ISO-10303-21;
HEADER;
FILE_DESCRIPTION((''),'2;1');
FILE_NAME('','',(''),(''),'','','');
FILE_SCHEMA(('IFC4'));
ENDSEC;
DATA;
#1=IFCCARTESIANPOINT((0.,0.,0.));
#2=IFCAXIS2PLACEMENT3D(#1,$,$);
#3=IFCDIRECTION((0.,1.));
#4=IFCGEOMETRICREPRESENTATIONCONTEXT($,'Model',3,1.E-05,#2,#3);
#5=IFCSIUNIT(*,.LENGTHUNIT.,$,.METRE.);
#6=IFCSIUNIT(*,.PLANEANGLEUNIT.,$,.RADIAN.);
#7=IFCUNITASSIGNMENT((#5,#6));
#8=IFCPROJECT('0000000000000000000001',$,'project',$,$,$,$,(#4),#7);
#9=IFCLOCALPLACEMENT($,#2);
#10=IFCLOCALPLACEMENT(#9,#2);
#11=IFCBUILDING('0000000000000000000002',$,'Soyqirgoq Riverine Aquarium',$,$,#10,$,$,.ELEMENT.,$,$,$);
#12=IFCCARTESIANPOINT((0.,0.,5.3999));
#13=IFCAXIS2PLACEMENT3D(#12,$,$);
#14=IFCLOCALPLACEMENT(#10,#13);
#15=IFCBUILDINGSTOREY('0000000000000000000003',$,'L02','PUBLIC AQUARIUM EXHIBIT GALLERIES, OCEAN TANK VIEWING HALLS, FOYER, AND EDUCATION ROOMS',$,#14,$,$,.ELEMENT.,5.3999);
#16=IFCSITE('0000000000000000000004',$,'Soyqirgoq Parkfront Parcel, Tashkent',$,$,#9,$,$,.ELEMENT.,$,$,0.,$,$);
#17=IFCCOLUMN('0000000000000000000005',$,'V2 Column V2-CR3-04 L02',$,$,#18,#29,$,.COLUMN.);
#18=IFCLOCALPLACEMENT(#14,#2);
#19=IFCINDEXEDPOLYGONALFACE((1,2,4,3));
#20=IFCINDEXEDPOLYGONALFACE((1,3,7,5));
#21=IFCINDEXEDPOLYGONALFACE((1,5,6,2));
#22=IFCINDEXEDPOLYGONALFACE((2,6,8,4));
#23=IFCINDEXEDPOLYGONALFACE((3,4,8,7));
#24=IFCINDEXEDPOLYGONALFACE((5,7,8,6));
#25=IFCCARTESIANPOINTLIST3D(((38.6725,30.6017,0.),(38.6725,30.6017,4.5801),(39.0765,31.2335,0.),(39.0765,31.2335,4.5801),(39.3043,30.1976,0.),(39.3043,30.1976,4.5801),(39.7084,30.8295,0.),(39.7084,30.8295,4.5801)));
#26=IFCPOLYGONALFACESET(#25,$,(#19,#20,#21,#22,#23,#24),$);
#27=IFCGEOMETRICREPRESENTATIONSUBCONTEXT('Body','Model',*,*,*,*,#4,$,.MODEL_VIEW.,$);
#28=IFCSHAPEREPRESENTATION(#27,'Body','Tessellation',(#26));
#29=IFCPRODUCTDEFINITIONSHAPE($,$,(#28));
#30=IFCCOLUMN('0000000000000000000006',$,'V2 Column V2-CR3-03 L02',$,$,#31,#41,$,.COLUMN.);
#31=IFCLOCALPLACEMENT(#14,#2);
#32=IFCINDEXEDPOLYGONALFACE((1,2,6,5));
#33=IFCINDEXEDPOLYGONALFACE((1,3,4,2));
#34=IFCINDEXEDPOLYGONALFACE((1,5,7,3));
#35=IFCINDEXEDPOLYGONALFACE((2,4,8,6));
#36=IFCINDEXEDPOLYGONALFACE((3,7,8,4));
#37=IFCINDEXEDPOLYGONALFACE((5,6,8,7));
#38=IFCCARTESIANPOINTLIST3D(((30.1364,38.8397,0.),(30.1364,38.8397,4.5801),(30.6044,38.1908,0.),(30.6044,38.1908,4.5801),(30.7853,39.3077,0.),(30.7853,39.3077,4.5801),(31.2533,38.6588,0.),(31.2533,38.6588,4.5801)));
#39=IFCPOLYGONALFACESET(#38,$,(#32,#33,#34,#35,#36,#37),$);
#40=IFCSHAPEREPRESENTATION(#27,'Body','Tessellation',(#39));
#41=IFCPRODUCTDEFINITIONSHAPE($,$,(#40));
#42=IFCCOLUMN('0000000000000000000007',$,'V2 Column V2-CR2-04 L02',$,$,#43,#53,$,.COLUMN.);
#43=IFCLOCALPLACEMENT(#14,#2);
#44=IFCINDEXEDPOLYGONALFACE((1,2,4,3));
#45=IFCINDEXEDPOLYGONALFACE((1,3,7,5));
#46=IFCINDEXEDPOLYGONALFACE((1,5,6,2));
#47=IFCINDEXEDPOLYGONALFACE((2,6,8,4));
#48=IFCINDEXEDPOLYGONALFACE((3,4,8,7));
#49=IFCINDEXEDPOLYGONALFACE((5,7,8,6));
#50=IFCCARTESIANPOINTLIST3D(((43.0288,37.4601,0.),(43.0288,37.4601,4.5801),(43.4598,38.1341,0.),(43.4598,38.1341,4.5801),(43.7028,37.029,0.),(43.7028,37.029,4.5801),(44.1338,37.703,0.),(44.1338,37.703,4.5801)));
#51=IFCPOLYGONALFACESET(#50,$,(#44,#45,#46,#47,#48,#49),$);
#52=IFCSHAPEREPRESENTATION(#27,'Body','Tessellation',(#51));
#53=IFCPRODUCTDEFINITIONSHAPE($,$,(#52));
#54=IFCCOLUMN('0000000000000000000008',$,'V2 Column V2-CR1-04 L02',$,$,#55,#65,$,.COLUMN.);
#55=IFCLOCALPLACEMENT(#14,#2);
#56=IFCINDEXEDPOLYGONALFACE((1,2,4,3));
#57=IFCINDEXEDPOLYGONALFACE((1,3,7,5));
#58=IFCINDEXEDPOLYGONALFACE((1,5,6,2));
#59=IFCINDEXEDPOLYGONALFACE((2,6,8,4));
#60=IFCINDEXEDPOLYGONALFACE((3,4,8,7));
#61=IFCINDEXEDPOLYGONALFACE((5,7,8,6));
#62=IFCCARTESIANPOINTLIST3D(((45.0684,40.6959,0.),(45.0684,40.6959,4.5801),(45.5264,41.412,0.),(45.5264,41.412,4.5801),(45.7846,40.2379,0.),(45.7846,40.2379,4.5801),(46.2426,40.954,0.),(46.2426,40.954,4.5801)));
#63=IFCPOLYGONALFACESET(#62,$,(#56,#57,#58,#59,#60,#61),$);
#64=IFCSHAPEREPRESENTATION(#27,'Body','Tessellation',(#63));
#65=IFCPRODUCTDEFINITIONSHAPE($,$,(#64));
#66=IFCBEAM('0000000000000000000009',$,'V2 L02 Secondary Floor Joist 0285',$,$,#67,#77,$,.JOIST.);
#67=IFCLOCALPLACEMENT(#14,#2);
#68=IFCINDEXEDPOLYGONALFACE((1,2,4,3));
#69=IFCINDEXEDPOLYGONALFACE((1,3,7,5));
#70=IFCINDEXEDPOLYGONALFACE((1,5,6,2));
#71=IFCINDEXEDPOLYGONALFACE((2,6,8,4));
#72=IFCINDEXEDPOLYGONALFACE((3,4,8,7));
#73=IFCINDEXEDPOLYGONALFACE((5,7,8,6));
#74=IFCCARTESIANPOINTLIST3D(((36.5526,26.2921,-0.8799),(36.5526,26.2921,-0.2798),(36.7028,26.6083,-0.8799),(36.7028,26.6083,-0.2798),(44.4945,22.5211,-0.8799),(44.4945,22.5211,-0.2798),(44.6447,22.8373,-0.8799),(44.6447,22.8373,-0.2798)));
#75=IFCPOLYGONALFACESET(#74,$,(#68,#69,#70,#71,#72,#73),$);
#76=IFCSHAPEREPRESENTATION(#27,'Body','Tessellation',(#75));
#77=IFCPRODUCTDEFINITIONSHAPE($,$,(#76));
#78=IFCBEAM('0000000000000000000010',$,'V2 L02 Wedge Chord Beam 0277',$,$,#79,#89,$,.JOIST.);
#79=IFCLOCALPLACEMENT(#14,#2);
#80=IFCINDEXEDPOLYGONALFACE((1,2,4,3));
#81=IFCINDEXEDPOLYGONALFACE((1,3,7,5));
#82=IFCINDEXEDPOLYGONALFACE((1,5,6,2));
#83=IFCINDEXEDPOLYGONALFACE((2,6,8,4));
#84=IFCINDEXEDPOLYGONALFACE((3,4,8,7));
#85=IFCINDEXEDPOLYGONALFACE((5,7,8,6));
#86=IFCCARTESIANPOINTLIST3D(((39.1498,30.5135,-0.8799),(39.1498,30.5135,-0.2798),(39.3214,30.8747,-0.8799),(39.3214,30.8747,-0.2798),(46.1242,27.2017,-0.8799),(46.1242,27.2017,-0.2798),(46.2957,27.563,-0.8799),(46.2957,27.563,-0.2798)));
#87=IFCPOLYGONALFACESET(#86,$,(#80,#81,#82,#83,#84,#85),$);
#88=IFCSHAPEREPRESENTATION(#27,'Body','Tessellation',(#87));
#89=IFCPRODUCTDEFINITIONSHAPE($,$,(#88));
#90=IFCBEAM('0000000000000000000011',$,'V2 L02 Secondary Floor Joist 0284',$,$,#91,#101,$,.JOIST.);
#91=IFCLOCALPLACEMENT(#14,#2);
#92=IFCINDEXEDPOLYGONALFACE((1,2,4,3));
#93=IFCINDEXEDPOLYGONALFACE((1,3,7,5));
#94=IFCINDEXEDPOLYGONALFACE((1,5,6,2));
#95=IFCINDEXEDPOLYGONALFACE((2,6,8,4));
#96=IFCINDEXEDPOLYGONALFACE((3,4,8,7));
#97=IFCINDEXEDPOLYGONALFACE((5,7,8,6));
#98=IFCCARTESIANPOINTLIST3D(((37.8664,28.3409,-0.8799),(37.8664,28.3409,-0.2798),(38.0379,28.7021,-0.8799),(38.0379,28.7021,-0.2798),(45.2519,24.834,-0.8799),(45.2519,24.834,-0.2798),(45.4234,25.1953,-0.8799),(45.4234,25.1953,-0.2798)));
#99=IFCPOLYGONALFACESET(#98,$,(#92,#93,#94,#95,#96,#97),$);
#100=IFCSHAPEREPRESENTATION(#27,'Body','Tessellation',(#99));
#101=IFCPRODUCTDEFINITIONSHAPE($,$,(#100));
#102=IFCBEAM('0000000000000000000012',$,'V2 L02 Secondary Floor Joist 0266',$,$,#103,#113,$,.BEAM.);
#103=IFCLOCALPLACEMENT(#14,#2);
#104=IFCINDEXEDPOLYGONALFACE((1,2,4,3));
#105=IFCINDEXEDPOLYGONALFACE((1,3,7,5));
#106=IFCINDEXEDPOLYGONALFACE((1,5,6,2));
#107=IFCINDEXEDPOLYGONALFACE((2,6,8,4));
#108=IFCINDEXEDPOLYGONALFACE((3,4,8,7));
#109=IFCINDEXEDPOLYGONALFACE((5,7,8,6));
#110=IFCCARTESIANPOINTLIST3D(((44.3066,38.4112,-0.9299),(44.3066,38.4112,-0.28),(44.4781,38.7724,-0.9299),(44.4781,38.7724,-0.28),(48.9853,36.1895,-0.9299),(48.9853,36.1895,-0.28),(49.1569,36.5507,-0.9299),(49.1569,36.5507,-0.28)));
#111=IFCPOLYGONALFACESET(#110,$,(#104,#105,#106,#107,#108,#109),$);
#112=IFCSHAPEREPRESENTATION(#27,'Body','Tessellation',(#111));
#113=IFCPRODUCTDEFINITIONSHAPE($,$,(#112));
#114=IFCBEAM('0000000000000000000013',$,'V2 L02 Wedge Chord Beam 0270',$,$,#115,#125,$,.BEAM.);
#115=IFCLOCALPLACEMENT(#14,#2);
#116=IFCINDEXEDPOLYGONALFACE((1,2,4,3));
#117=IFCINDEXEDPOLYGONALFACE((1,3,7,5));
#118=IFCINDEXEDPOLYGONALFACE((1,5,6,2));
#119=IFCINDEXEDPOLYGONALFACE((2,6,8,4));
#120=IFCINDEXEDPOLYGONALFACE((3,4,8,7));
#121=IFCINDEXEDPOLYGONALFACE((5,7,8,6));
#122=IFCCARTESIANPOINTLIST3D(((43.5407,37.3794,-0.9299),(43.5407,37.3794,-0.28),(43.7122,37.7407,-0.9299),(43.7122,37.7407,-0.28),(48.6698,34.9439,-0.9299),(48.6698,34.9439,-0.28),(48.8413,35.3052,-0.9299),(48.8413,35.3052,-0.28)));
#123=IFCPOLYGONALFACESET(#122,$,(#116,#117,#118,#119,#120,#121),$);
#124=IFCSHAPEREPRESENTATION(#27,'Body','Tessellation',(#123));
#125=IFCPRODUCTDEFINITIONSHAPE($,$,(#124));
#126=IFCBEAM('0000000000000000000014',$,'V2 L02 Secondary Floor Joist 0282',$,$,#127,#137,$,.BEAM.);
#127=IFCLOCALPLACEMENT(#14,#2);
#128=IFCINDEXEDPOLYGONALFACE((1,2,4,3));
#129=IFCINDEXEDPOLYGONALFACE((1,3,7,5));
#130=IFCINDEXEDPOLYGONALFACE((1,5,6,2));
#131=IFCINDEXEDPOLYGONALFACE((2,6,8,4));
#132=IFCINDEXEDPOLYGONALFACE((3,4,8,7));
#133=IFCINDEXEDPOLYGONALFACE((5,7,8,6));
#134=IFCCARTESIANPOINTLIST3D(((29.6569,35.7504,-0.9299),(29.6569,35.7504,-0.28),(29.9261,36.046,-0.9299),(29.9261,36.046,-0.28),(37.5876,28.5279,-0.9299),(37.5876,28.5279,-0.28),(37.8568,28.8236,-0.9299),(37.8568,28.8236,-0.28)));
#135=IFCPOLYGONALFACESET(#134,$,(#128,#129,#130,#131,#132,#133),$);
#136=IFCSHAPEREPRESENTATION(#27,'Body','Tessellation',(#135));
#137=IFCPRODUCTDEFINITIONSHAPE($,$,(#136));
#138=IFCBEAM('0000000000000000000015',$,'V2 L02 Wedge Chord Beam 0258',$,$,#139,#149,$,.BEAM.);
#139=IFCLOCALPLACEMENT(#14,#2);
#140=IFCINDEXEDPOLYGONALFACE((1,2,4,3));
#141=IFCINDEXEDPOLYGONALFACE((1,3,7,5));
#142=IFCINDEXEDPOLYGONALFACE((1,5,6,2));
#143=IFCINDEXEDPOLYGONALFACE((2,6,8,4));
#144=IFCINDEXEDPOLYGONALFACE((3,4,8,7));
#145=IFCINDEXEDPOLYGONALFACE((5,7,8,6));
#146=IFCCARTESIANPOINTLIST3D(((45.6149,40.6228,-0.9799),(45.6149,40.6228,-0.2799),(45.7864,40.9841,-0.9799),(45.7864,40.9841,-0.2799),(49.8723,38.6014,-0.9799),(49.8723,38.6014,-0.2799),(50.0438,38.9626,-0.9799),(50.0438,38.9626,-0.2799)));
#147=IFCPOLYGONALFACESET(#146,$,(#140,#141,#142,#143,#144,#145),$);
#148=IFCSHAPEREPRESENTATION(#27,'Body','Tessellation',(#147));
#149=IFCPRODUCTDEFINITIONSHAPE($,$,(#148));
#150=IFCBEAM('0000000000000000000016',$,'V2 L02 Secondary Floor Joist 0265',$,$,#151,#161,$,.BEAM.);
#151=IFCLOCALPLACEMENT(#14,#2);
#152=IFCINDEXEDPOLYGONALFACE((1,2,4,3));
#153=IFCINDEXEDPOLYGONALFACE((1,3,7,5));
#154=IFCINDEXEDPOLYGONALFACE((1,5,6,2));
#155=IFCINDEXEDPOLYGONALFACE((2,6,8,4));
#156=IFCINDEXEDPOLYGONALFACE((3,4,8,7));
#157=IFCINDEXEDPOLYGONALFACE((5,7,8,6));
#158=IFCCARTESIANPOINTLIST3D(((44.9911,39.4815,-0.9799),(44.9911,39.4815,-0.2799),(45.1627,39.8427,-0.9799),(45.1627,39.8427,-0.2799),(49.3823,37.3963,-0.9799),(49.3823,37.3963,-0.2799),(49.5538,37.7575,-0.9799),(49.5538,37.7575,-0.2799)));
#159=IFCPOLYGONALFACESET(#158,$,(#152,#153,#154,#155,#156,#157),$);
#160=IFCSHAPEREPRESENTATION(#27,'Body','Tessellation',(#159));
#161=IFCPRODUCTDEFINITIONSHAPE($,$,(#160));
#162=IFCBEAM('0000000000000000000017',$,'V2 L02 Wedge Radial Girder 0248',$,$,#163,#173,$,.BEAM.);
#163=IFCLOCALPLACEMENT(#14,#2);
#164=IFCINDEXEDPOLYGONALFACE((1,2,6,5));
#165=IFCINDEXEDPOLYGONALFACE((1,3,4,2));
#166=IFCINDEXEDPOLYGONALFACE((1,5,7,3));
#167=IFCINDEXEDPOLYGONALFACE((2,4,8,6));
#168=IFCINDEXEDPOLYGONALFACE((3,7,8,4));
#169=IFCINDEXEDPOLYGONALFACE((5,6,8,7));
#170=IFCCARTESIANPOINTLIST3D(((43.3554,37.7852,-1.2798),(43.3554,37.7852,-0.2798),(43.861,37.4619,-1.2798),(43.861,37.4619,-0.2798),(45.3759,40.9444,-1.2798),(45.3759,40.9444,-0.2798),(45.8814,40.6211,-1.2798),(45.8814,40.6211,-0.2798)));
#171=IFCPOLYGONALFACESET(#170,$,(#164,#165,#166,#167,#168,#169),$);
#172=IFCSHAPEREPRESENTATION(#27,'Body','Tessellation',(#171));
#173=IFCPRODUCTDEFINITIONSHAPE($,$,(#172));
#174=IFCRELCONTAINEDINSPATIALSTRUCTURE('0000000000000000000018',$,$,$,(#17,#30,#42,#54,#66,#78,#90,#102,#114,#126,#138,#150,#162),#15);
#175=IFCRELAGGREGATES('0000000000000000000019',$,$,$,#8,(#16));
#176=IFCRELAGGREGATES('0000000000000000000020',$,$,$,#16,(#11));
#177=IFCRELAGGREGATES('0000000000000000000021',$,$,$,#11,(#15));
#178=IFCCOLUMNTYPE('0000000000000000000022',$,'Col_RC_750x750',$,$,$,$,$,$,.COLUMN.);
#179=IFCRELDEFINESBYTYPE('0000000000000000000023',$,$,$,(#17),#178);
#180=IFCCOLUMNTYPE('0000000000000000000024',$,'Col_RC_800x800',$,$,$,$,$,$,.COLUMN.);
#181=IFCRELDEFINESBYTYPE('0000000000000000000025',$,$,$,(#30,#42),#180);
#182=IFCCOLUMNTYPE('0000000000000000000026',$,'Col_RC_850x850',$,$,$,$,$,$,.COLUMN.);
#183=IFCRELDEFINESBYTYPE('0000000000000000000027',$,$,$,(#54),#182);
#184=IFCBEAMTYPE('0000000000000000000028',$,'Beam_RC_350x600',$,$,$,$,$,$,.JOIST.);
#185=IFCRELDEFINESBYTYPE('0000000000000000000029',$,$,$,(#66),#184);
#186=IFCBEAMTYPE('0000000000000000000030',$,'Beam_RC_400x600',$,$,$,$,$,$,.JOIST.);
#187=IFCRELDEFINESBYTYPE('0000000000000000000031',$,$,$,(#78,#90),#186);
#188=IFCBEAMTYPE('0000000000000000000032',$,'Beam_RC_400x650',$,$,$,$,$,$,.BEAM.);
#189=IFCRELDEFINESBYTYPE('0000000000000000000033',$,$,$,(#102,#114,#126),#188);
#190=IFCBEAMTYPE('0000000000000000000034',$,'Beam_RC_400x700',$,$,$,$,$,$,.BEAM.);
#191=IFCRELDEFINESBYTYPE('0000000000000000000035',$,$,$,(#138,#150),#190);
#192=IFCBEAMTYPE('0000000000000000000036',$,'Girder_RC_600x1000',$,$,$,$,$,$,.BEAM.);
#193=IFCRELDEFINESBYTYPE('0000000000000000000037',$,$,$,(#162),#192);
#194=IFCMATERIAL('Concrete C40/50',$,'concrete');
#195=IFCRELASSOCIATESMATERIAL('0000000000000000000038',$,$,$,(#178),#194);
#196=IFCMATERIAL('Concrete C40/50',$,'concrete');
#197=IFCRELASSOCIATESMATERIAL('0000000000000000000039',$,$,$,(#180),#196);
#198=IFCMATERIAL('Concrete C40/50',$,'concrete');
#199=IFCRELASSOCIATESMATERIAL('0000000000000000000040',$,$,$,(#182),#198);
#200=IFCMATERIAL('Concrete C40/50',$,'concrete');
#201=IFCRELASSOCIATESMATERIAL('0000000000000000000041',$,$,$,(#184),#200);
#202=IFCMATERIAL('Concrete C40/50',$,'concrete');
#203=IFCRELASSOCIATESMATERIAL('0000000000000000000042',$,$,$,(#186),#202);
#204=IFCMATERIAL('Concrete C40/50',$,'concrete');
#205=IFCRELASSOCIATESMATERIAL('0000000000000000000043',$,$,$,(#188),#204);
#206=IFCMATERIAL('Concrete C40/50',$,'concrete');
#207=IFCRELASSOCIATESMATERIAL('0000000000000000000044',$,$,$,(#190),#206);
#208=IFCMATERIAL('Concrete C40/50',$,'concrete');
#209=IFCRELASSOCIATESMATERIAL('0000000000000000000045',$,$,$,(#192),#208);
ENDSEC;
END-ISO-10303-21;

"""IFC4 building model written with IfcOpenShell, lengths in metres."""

from ifc_helpers import new_model, si_unit, direction, frame, origin, origin_2d, place, context, subcontext, project, spatial, rectangle, extrude, material, material_profile, profile_set, type_object, element, save


model = new_model("IFC4")

# Units and contexts
model_context = context("Model", 3, precision=1e-05, world=origin(), true_north=direction((0.0, 1.0)))
body_context = subcontext(model_context, "Body", "Model", "MODEL_VIEW")
ifc_project = project(units=[si_unit("LENGTHUNIT", "METRE"), si_unit("PLANEANGLEUNIT", "RADIAN")], contexts=[model_context])

# Site, building, storey
site_placement = place(None, origin())
site = spatial("IfcSite", under=ifc_project, at=site_placement, Name="Soyqirgoq Parkfront Parcel, Tashkent", CompositionType="ELEMENT", RefElevation=0.0)
building_placement = place(site_placement, origin())
building = spatial("IfcBuilding", under=site, at=building_placement, Name="Soyqirgoq Riverine Aquarium", CompositionType="ELEMENT")
storey_placement = place(building_placement, frame((0.0, 0.0, 5.3999)))
storey = spatial("IfcBuildingStorey", under=building, at=storey_placement, Name="L02", Description="PUBLIC AQUARIUM EXHIBIT GALLERIES, OCEAN TANK VIEWING HALLS, FOYER, AND EDUCATION ROOMS", CompositionType="ELEMENT", Elevation=5.3999)

# Columns
ifc_material_1 = material(Name="Concrete C40/50", Category="concrete")
ifc_material_profile_1 = material_profile(ifc_material_1, rectangle(XDim=0.75, YDim=0.75, at=origin_2d()), Name="RC 750x750")
ifc_profile_set_1 = profile_set([ifc_material_profile_1], Name="Concrete C40/50")
column_type_1 = type_object("IfcColumnType", Name="Col_RC_750x750", PredefinedType="COLUMN", material=ifc_profile_set_1)
column_1_placement = place(storey_placement, frame((39.1904, 30.7156, 0.0), z_axis=(0.0, 0.0, 1.0), x_axis=(-0.538771, -0.842452, 0.0)))
element("IfcColumn", 1, at=column_1_placement, inside=storey, type_object=column_type_1, Name="V2 Column V2-CR3-04 L02", PredefinedType="COLUMN", context=body_context, shape_type="SweptSolid", body=[
    extrude(rectangle(XDim=0.75, YDim=0.75, at=origin_2d()), origin(), (0.0, 0.0, 1.0), 4.5801),
])
ifc_material_2 = material(Name="Concrete C40/50", Category="concrete")
ifc_material_profile_2 = material_profile(ifc_material_2, rectangle(XDim=0.8, YDim=0.8, at=origin_2d()), Name="RC 800x800")
ifc_profile_set_2 = profile_set([ifc_material_profile_2], Name="Concrete C40/50")
column_type_2 = type_object("IfcColumnType", Name="Col_RC_800x800", PredefinedType="COLUMN", material=ifc_profile_set_2)
for number, where, z_axis, x_axis, name in (
    (2, (30.6948, 38.7493, 0.0), (0.0, 0.0, 1.0), (-0.811064, -0.584958, 0.0), "V2 Column V2-CR3-03 L02"),
    (3, (43.5813, 37.5815, 0.0), (0.0, 0.0, 1.0), (-0.538771, -0.842452, 0.0), "V2 Column V2-CR2-04 L02"),
):
    element("IfcColumn", number, at=place(storey_placement, frame(where, z_axis=z_axis, x_axis=x_axis)), inside=storey, type_object=column_type_2, Name=name, PredefinedType="COLUMN", context=body_context, shape_type="SweptSolid", body=[
        extrude(rectangle(XDim=0.8, YDim=0.8, at=origin_2d()), origin(), (0.0, 0.0, 1.0), 4.5801),
    ])
ifc_material_3 = material(Name="Concrete C40/50", Category="concrete")
ifc_material_profile_3 = material_profile(ifc_material_3, rectangle(XDim=0.8501, YDim=0.8501, at=origin_2d()), Name="RC 850x850")
ifc_profile_set_3 = profile_set([ifc_material_profile_3], Name="Concrete C40/50")
column_type_3 = type_object("IfcColumnType", Name="Col_RC_850x850", PredefinedType="COLUMN", material=ifc_profile_set_3)
column_2_placement = place(storey_placement, frame((45.6555, 40.825, 0.0), z_axis=(0.0, 0.0, 1.0), x_axis=(-0.538771, -0.842452, 0.0)))
element("IfcColumn", 4, at=column_2_placement, inside=storey, type_object=column_type_3, Name="V2 Column V2-CR1-04 L02", PredefinedType="COLUMN", context=body_context, shape_type="SweptSolid", body=[
    extrude(rectangle(XDim=0.8501, YDim=0.8501, at=origin_2d()), origin(), (0.0, 0.0, 1.0), 4.5801),
])

# Beams
ifc_material_4 = material(Name="Concrete C40/50", Category="concrete")
ifc_material_profile_4 = material_profile(ifc_material_4, rectangle(XDim=0.3501, YDim=0.6001, at=origin_2d()), Name="RC 350x600")
ifc_profile_set_4 = profile_set([ifc_material_profile_4], Name="Concrete C40/50")
beam_type_1 = type_object("IfcBeamType", Name="Beam_RC_350x600", PredefinedType="JOIST", material=ifc_profile_set_4)
beam_1_placement = place(storey_placement, frame((36.6277, 26.4502, -0.5798), z_axis=(0.903339, -0.428927, 0.0), x_axis=(0.428927, 0.903339, 0.0)))
element("IfcBeam", 5, at=beam_1_placement, inside=storey, type_object=beam_type_1, Name="V2 L02 Secondary Floor Joist 0285", PredefinedType="JOIST", context=body_context, shape_type="SweptSolid", body=[
    extrude(rectangle(XDim=0.3501, YDim=0.6001, at=origin_2d()), origin(), (0.0, 0.0, 1.0), 8.7917),
])
ifc_material_5 = material(Name="Concrete C40/50", Category="concrete")
ifc_material_profile_5 = material_profile(ifc_material_5, rectangle(XDim=0.3999, YDim=0.6001, at=origin_2d()), Name="RC 400x600")
ifc_profile_set_5 = profile_set([ifc_material_profile_5], Name="Concrete C40/50")
beam_type_2 = type_object("IfcBeamType", Name="Beam_RC_400x600", PredefinedType="JOIST", material=ifc_profile_set_5)
beam_2_placement = place(storey_placement, frame((39.2356, 30.6941, -0.5798), z_axis=(0.903331, -0.428945, 0.0), x_axis=(0.428945, 0.903331, 0.0)))
element("IfcBeam", 6, at=beam_2_placement, inside=storey, type_object=beam_type_2, Name="V2 L02 Wedge Chord Beam 0277", PredefinedType="JOIST", context=body_context, shape_type="SweptSolid", body=[
    extrude(rectangle(XDim=0.3999, YDim=0.6001, at=origin_2d()), origin(), (0.0, 0.0, 1.0), 7.7207),
])
beam_3_placement = place(storey_placement, frame((37.9521, 28.5215, -0.5798), z_axis=(0.903338, -0.42893, 0.0), x_axis=(0.42893, 0.903338, 0.0)))
element("IfcBeam", 7, at=beam_3_placement, inside=storey, type_object=beam_type_2, Name="V2 L02 Secondary Floor Joist 0284", PredefinedType="JOIST", context=body_context, shape_type="SweptSolid", body=[
    extrude(rectangle(XDim=0.3999, YDim=0.6001, at=origin_2d()), origin(), (0.0, 0.0, 1.0), 8.1758),
])
ifc_material_6 = material(Name="Concrete C40/50", Category="concrete")
ifc_material_profile_6 = material_profile(ifc_material_6, rectangle(XDim=0.3999, YDim=0.6499, at=origin_2d()), Name="RC 400x650")
ifc_profile_set_6 = profile_set([ifc_material_profile_6], Name="Concrete C40/50")
beam_type_3 = type_object("IfcBeamType", Name="Beam_RC_400x650", PredefinedType="BEAM", material=ifc_profile_set_6)
beam_4_placement = place(storey_placement, frame((44.3923, 38.5918, -0.605), z_axis=(0.90333, -0.428945, 0.0), x_axis=(0.428945, 0.90333, 0.0)))
element("IfcBeam", 8, at=beam_4_placement, inside=storey, type_object=beam_type_3, Name="V2 L02 Secondary Floor Joist 0266", PredefinedType="BEAM", context=body_context, shape_type="SweptSolid", body=[
    extrude(rectangle(XDim=0.3999, YDim=0.6499, at=origin_2d()), origin(), (0.0, 0.0, 1.0), 5.1794),
])
beam_5_placement = place(storey_placement, frame((43.6265, 37.5601, -0.605), z_axis=(0.903332, -0.428942, 0.0), x_axis=(0.428942, 0.903332, 0.0)))
element("IfcBeam", 9, at=beam_5_placement, inside=storey, type_object=beam_type_3, Name="V2 L02 Wedge Chord Beam 0270", PredefinedType="BEAM", context=body_context, shape_type="SweptSolid", body=[
    extrude(rectangle(XDim=0.3999, YDim=0.6499, at=origin_2d()), origin(), (0.0, 0.0, 1.0), 5.678),
])
beam_6_placement = place(storey_placement, frame((29.7915, 35.8982, -0.605), z_axis=(0.73935, -0.673322, 0.0), x_axis=(0.673322, 0.73935, 0.0)))
element("IfcBeam", 10, at=beam_6_placement, inside=storey, type_object=beam_type_3, Name="V2 L02 Secondary Floor Joist 0282", PredefinedType="BEAM", context=body_context, shape_type="SweptSolid", body=[
    extrude(rectangle(XDim=0.3999, YDim=0.6499, at=origin_2d()), origin(), (0.0, 0.0, 1.0), 10.7266),
])
ifc_material_7 = material(Name="Concrete C40/50", Category="concrete")
ifc_material_profile_7 = material_profile(ifc_material_7, rectangle(XDim=0.3999, YDim=0.7, at=origin_2d()), Name="RC 400x700")
ifc_profile_set_7 = profile_set([ifc_material_profile_7], Name="Concrete C40/50")
beam_type_4 = type_object("IfcBeamType", Name="Beam_RC_400x700", PredefinedType="BEAM", material=ifc_profile_set_7)
beam_7_placement = place(storey_placement, frame((45.7007, 40.8035, -0.6299), z_axis=(0.903339, -0.428928, 0.0), x_axis=(0.428928, 0.903339, 0.0)))
element("IfcBeam", 11, at=beam_7_placement, inside=storey, type_object=beam_type_4, Name="V2 L02 Wedge Chord Beam 0258", PredefinedType="BEAM", context=body_context, shape_type="SweptSolid", body=[
    extrude(rectangle(XDim=0.3999, YDim=0.7, at=origin_2d()), origin(), (0.0, 0.0, 1.0), 4.7129),
])
beam_8_placement = place(storey_placement, frame((45.0769, 39.6621, -0.6299), z_axis=(0.903323, -0.428961, 0.0), x_axis=(0.428961, 0.903323, 0.0)))
element("IfcBeam", 12, at=beam_8_placement, inside=storey, type_object=beam_type_4, Name="V2 L02 Secondary Floor Joist 0265", PredefinedType="BEAM", context=body_context, shape_type="SweptSolid", body=[
    extrude(rectangle(XDim=0.3999, YDim=0.7, at=origin_2d()), origin(), (0.0, 0.0, 1.0), 4.8611),
])
ifc_material_8 = material(Name="Concrete C40/50", Category="concrete")
ifc_material_profile_8 = material_profile(ifc_material_8, rectangle(XDim=0.6001, YDim=1.0, at=origin_2d()), Name="RC 600x1000")
ifc_profile_set_8 = profile_set([ifc_material_profile_8], Name="Concrete C40/50")
beam_type_5 = type_object("IfcBeamType", Name="Girder_RC_600x1000", PredefinedType="BEAM", material=ifc_profile_set_8)
beam_9_placement = place(storey_placement, frame((45.6287, 40.7827, -0.7798), z_axis=(-0.538795, -0.842437, 0.0), x_axis=(0.842437, -0.538795, 0.0)))
element("IfcBeam", 13, at=beam_9_placement, inside=storey, type_object=beam_type_5, Name="V2 L02 Wedge Radial Girder 0248", PredefinedType="BEAM", context=body_context, shape_type="SweptSolid", body=[
    extrude(rectangle(XDim=0.6001, YDim=1.0, at=origin_2d()), origin(), (0.0, 0.0, 1.0), 3.75),
])

save(model, "model.ifc")
